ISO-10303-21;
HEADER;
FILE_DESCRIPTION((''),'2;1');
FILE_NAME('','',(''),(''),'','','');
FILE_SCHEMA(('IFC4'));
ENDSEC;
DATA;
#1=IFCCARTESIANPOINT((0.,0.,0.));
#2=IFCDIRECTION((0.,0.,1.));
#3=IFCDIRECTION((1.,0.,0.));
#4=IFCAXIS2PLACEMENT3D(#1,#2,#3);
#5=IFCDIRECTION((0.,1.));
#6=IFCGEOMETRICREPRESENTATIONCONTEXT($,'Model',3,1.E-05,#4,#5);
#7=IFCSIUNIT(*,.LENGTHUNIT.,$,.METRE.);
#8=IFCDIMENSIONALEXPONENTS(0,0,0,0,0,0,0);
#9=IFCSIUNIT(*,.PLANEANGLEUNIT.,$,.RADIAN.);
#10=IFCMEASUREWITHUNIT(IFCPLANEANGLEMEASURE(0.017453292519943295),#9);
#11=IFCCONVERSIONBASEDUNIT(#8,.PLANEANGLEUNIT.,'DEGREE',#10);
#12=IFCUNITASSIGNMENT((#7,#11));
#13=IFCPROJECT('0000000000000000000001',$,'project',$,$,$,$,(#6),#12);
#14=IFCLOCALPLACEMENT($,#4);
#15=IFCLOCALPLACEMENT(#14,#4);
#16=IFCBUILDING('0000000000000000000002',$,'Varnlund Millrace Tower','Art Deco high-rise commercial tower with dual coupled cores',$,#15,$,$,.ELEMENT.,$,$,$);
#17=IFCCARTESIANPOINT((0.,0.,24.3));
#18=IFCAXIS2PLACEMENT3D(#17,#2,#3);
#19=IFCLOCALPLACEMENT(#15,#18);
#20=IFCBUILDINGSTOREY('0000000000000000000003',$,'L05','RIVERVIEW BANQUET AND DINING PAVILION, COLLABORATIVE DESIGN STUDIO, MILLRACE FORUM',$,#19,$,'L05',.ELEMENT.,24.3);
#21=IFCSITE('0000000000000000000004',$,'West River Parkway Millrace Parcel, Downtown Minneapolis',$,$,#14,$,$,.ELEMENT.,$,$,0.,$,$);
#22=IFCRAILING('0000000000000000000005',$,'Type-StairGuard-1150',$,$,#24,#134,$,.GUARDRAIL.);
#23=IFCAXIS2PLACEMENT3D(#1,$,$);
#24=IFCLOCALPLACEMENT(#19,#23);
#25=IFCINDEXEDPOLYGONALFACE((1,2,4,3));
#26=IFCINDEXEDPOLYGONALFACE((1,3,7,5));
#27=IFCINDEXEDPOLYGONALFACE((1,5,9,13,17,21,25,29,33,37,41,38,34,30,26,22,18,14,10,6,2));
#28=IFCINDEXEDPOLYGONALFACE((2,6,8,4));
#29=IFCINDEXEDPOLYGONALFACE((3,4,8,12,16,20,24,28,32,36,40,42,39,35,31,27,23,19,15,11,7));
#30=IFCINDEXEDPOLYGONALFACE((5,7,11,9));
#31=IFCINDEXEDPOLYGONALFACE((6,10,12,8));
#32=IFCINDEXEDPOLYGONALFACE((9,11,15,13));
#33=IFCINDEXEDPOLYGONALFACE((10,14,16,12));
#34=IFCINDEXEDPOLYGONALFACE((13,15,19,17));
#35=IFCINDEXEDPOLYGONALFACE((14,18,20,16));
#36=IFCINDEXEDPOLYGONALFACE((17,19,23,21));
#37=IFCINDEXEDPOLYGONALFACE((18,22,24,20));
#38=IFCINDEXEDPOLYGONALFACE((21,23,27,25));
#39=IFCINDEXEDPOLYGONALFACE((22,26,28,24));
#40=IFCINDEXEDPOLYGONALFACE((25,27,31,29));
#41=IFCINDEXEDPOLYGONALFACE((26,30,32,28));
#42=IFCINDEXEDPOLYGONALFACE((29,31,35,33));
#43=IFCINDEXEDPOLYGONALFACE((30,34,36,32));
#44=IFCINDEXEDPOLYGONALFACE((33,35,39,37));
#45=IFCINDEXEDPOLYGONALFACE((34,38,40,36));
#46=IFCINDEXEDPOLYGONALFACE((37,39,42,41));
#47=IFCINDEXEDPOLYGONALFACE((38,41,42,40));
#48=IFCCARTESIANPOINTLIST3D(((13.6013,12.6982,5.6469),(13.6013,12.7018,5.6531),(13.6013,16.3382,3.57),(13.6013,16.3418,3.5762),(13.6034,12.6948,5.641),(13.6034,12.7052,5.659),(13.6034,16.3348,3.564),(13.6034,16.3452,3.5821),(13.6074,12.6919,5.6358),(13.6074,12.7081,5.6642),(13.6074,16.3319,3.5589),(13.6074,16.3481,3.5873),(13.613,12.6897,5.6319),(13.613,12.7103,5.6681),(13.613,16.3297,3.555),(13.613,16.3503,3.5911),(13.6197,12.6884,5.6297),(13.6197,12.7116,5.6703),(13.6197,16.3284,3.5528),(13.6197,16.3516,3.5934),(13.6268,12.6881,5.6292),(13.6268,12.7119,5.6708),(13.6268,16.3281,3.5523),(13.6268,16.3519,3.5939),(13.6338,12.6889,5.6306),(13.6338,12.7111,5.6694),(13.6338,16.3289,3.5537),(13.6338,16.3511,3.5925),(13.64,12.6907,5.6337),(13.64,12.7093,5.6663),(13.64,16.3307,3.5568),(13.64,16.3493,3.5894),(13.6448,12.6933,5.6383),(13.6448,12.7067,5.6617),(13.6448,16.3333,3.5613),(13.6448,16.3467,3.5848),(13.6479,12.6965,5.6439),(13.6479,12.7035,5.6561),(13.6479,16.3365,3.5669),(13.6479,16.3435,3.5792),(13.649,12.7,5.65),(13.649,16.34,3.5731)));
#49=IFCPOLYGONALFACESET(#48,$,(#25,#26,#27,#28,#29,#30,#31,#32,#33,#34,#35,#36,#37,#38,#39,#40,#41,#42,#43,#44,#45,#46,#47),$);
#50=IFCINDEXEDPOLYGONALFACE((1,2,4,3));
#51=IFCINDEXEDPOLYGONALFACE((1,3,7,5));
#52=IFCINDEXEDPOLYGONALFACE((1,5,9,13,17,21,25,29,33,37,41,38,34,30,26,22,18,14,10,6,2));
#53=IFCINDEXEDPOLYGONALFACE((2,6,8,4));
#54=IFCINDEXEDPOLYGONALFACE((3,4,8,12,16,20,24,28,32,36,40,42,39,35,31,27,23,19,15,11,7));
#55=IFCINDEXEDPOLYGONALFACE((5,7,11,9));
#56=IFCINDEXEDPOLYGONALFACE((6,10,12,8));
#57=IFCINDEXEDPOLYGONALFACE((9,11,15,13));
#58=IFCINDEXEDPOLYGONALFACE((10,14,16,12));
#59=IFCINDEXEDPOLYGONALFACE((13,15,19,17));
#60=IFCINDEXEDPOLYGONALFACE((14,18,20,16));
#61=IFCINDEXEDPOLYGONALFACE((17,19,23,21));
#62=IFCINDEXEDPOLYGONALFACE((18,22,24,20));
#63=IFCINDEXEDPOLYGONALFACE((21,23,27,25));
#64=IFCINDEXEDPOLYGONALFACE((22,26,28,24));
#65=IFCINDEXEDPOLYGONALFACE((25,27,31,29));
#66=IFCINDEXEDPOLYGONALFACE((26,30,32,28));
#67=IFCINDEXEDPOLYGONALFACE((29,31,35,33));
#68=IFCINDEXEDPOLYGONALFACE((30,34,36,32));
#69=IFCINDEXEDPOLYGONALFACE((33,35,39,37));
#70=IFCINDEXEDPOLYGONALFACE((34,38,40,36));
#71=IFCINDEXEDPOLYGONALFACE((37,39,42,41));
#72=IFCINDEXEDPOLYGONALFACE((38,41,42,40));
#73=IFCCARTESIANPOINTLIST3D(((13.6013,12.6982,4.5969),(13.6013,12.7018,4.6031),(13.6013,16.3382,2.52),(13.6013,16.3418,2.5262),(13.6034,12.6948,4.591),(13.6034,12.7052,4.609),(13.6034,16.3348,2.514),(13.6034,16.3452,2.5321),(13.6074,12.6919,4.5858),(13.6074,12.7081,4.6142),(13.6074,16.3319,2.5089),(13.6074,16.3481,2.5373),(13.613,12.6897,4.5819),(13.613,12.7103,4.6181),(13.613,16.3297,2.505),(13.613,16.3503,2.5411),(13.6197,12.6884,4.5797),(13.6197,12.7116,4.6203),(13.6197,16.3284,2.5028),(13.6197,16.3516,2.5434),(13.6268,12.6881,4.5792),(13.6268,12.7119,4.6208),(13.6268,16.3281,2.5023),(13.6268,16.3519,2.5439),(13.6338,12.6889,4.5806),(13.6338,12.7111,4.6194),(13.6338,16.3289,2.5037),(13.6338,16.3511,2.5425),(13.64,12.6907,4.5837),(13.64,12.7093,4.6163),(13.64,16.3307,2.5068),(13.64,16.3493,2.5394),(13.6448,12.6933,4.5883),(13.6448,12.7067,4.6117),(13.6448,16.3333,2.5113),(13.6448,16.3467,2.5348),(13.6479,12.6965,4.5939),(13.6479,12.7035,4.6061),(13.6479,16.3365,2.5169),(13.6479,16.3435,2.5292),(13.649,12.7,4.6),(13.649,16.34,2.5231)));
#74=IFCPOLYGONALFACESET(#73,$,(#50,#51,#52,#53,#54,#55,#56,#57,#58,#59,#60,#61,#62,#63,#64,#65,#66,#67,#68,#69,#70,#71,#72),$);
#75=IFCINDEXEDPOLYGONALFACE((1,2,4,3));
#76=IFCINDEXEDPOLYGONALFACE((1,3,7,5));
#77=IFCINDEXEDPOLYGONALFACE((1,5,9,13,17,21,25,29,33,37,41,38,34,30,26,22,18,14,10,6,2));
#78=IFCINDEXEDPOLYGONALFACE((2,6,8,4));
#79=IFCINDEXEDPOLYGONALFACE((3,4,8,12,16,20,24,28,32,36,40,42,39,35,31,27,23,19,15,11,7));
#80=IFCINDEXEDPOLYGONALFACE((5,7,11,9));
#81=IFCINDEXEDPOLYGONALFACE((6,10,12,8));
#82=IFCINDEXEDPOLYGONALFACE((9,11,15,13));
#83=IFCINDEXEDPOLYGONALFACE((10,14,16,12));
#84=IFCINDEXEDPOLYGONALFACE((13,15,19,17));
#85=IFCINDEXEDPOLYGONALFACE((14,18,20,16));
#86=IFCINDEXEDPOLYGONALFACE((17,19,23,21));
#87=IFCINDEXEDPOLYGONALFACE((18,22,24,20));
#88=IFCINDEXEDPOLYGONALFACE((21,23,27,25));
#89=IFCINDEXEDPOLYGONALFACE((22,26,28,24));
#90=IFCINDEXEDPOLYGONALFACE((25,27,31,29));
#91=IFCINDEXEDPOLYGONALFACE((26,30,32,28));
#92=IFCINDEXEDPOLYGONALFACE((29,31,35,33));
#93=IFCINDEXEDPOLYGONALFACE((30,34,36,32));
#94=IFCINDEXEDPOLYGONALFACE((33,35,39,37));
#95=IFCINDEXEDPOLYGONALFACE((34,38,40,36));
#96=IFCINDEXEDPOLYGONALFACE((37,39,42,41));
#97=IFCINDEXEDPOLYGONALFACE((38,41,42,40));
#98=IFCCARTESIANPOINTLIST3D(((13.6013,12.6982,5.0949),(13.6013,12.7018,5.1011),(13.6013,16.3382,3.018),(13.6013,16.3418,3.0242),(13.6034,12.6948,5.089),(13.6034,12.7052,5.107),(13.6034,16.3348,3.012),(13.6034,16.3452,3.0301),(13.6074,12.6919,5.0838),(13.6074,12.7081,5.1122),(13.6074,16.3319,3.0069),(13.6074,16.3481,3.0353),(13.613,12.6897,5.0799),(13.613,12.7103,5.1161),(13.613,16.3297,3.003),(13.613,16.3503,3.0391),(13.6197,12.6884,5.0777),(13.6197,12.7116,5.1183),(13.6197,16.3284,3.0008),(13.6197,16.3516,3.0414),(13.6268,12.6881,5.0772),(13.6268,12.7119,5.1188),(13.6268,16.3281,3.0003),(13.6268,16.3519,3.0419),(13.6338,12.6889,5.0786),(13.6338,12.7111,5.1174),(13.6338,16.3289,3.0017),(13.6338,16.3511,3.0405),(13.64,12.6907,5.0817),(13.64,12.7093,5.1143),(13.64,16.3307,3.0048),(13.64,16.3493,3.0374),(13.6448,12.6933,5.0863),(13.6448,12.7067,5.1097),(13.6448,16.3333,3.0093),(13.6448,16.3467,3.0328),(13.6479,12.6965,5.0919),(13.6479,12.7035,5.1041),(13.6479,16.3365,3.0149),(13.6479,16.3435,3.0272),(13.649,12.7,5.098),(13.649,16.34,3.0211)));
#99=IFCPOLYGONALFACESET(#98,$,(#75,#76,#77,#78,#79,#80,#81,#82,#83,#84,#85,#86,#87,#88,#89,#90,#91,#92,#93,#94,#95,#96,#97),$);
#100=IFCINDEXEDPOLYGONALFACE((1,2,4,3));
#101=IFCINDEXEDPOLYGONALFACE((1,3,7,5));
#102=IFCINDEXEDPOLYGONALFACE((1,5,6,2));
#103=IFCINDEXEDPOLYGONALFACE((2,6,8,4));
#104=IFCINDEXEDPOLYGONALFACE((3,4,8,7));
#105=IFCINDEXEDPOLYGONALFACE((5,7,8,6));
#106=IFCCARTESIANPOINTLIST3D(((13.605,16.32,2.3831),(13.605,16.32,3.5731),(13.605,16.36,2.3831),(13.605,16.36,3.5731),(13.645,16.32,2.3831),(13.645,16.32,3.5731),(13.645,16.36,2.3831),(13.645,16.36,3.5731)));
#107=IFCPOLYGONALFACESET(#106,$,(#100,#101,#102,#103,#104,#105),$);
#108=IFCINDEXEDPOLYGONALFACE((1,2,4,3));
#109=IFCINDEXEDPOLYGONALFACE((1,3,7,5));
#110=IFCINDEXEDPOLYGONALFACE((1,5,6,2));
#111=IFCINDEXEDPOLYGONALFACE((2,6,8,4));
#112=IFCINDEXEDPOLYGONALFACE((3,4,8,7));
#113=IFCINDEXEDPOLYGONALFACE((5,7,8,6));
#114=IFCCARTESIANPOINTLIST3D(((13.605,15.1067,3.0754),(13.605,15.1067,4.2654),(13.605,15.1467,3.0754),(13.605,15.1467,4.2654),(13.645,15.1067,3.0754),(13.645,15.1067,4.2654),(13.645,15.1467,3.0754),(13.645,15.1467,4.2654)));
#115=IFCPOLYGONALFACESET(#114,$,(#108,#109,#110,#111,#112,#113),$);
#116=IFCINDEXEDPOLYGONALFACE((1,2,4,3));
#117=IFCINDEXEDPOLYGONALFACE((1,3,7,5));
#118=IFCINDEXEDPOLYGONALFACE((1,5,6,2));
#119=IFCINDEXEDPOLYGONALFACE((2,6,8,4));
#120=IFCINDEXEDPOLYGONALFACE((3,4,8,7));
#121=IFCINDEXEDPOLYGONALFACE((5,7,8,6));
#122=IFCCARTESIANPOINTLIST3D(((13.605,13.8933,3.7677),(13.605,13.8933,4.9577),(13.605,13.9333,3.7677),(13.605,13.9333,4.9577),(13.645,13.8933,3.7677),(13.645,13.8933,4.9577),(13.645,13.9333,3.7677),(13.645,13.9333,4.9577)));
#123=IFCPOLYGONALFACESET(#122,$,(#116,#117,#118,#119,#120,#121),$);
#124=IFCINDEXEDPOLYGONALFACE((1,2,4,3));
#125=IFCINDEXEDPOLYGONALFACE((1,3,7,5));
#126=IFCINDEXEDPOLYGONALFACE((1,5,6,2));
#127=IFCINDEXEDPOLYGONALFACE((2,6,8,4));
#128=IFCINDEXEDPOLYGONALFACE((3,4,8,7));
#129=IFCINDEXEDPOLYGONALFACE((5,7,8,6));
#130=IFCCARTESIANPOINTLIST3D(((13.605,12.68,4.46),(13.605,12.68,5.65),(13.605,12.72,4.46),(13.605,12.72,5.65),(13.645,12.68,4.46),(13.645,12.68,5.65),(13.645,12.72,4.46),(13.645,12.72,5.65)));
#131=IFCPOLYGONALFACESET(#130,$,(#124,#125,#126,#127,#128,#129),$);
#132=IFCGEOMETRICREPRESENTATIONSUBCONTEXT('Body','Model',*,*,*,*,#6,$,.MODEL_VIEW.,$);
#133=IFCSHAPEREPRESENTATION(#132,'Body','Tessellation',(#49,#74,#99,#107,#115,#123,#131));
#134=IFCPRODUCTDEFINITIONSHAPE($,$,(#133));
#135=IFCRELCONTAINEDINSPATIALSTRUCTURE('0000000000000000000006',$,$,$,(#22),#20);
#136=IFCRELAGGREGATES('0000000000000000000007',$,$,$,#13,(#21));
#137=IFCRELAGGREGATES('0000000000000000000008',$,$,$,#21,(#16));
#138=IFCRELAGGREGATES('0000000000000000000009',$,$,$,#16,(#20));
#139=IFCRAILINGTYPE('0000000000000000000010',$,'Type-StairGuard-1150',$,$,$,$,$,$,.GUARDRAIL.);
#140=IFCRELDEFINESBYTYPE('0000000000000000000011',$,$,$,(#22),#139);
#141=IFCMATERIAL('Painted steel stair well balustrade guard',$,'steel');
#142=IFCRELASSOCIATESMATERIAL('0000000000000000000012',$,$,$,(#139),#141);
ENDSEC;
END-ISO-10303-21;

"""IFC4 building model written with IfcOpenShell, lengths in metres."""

from ifc_helpers import new_model, entity, si_unit, converted_unit, direction, frame, origin_with_axes, origin_2d_with_axis, place, context, subcontext, project, spatial, rectangle, circle, extrude, material, type_object, element, save


model = new_model("IFC4")

# Units and contexts
model_context = context("Model", 3, precision=1e-05, world=origin_with_axes(), true_north=direction((0.0, 1.0)))
body_context = subcontext(model_context, "Body", "Model", "MODEL_VIEW")
ifc_project = project(units=[si_unit("LENGTHUNIT", "METRE"), converted_unit("PLANEANGLEUNIT", "DEGREE", entity("IfcPlaneAngleMeasure", 0.017453292519943295), si_unit("PLANEANGLEUNIT", "RADIAN"), dimensions=[0, 0, 0, 0, 0, 0, 0])], contexts=[model_context])

# Site, building, storey
site_placement = place(None, origin_with_axes())
site = spatial("IfcSite", under=ifc_project, at=site_placement, Name="West River Parkway Millrace Parcel, Downtown Minneapolis", CompositionType="ELEMENT", RefElevation=0.0)
building_placement = place(site_placement, origin_with_axes())
building = spatial("IfcBuilding", under=site, at=building_placement, Name="Varnlund Millrace Tower", Description="Art Deco high-rise commercial tower with dual coupled cores", CompositionType="ELEMENT")
storey_placement = place(building_placement, frame((0.0, 0.0, 24.3), z_axis=(0.0, 0.0, 1.0), x_axis=(1.0, 0.0, 0.0)))
storey = spatial("IfcBuildingStorey", under=building, at=storey_placement, Name="L05", Description="RIVERVIEW BANQUET AND DINING PAVILION, COLLABORATIVE DESIGN STUDIO, MILLRACE FORUM", LongName="L05", CompositionType="ELEMENT", Elevation=24.3)

# Railing
ifc_material_1 = material(Name="Painted steel stair well balustrade guard", Category="steel")
railing_type_1 = type_object("IfcRailingType", Name="Type-StairGuard-1150", PredefinedType="GUARDRAIL", material=ifc_material_1)
railing_1_placement = place(storey_placement, frame((0.0, 0.0, -24.3), z_axis=(0.0, 0.0, 1.0), x_axis=(1.0, 0.0, 0.0)))
element("IfcRailing", 1, at=railing_1_placement, inside=storey, type_object=railing_type_1, Name="Type-StairGuard-1150", PredefinedType="GUARDRAIL", context=body_context, shape_type="SweptSolid", body=[
    extrude(circle(Radius=0.024, at=origin_2d_with_axis()), frame((13.625, 16.34, 27.8731), z_axis=(0.0, -0.868559, 0.495585), x_axis=(1.0, 0.0, 0.0)), (0.0, 0.0, 1.0), 4.1908),
    extrude(circle(Radius=0.024, at=origin_2d_with_axis()), frame((13.625, 16.34, 26.8231), z_axis=(0.0, -0.868559, 0.495585), x_axis=(1.0, 0.0, 0.0)), (0.0, 0.0, 1.0), 4.1908),
    extrude(circle(Radius=0.024, at=origin_2d_with_axis()), frame((13.625, 16.34, 27.3211), z_axis=(0.0, -0.868559, 0.495585), x_axis=(1.0, 0.0, 0.0)), (0.0, 0.0, 1.0), 4.1908),
    extrude(rectangle(XDim=0.04, YDim=0.04, at=origin_2d_with_axis()), frame((13.625, 16.34, 26.6831), z_axis=(0.0, 0.0, 1.0), x_axis=(1.0, 0.0, 0.0)), (0.0, 0.0, 1.0), 1.19),
    extrude(rectangle(XDim=0.04, YDim=0.04, at=origin_2d_with_axis()), frame((13.625, 15.1267, 27.3754), z_axis=(0.0, 0.0, 1.0), x_axis=(1.0, 0.0, 0.0)), (0.0, 0.0, 1.0), 1.19),
    extrude(rectangle(XDim=0.04, YDim=0.04, at=origin_2d_with_axis()), frame((13.625, 13.9133, 28.0677), z_axis=(0.0, 0.0, 1.0), x_axis=(1.0, 0.0, 0.0)), (0.0, 0.0, 1.0), 1.19),
    extrude(rectangle(XDim=0.04, YDim=0.04, at=origin_2d_with_axis()), frame((13.625, 12.7, 28.76), z_axis=(0.0, 0.0, 1.0), x_axis=(1.0, 0.0, 0.0)), (0.0, 0.0, 1.0), 1.19),
])

save(model, "model.ifc")
